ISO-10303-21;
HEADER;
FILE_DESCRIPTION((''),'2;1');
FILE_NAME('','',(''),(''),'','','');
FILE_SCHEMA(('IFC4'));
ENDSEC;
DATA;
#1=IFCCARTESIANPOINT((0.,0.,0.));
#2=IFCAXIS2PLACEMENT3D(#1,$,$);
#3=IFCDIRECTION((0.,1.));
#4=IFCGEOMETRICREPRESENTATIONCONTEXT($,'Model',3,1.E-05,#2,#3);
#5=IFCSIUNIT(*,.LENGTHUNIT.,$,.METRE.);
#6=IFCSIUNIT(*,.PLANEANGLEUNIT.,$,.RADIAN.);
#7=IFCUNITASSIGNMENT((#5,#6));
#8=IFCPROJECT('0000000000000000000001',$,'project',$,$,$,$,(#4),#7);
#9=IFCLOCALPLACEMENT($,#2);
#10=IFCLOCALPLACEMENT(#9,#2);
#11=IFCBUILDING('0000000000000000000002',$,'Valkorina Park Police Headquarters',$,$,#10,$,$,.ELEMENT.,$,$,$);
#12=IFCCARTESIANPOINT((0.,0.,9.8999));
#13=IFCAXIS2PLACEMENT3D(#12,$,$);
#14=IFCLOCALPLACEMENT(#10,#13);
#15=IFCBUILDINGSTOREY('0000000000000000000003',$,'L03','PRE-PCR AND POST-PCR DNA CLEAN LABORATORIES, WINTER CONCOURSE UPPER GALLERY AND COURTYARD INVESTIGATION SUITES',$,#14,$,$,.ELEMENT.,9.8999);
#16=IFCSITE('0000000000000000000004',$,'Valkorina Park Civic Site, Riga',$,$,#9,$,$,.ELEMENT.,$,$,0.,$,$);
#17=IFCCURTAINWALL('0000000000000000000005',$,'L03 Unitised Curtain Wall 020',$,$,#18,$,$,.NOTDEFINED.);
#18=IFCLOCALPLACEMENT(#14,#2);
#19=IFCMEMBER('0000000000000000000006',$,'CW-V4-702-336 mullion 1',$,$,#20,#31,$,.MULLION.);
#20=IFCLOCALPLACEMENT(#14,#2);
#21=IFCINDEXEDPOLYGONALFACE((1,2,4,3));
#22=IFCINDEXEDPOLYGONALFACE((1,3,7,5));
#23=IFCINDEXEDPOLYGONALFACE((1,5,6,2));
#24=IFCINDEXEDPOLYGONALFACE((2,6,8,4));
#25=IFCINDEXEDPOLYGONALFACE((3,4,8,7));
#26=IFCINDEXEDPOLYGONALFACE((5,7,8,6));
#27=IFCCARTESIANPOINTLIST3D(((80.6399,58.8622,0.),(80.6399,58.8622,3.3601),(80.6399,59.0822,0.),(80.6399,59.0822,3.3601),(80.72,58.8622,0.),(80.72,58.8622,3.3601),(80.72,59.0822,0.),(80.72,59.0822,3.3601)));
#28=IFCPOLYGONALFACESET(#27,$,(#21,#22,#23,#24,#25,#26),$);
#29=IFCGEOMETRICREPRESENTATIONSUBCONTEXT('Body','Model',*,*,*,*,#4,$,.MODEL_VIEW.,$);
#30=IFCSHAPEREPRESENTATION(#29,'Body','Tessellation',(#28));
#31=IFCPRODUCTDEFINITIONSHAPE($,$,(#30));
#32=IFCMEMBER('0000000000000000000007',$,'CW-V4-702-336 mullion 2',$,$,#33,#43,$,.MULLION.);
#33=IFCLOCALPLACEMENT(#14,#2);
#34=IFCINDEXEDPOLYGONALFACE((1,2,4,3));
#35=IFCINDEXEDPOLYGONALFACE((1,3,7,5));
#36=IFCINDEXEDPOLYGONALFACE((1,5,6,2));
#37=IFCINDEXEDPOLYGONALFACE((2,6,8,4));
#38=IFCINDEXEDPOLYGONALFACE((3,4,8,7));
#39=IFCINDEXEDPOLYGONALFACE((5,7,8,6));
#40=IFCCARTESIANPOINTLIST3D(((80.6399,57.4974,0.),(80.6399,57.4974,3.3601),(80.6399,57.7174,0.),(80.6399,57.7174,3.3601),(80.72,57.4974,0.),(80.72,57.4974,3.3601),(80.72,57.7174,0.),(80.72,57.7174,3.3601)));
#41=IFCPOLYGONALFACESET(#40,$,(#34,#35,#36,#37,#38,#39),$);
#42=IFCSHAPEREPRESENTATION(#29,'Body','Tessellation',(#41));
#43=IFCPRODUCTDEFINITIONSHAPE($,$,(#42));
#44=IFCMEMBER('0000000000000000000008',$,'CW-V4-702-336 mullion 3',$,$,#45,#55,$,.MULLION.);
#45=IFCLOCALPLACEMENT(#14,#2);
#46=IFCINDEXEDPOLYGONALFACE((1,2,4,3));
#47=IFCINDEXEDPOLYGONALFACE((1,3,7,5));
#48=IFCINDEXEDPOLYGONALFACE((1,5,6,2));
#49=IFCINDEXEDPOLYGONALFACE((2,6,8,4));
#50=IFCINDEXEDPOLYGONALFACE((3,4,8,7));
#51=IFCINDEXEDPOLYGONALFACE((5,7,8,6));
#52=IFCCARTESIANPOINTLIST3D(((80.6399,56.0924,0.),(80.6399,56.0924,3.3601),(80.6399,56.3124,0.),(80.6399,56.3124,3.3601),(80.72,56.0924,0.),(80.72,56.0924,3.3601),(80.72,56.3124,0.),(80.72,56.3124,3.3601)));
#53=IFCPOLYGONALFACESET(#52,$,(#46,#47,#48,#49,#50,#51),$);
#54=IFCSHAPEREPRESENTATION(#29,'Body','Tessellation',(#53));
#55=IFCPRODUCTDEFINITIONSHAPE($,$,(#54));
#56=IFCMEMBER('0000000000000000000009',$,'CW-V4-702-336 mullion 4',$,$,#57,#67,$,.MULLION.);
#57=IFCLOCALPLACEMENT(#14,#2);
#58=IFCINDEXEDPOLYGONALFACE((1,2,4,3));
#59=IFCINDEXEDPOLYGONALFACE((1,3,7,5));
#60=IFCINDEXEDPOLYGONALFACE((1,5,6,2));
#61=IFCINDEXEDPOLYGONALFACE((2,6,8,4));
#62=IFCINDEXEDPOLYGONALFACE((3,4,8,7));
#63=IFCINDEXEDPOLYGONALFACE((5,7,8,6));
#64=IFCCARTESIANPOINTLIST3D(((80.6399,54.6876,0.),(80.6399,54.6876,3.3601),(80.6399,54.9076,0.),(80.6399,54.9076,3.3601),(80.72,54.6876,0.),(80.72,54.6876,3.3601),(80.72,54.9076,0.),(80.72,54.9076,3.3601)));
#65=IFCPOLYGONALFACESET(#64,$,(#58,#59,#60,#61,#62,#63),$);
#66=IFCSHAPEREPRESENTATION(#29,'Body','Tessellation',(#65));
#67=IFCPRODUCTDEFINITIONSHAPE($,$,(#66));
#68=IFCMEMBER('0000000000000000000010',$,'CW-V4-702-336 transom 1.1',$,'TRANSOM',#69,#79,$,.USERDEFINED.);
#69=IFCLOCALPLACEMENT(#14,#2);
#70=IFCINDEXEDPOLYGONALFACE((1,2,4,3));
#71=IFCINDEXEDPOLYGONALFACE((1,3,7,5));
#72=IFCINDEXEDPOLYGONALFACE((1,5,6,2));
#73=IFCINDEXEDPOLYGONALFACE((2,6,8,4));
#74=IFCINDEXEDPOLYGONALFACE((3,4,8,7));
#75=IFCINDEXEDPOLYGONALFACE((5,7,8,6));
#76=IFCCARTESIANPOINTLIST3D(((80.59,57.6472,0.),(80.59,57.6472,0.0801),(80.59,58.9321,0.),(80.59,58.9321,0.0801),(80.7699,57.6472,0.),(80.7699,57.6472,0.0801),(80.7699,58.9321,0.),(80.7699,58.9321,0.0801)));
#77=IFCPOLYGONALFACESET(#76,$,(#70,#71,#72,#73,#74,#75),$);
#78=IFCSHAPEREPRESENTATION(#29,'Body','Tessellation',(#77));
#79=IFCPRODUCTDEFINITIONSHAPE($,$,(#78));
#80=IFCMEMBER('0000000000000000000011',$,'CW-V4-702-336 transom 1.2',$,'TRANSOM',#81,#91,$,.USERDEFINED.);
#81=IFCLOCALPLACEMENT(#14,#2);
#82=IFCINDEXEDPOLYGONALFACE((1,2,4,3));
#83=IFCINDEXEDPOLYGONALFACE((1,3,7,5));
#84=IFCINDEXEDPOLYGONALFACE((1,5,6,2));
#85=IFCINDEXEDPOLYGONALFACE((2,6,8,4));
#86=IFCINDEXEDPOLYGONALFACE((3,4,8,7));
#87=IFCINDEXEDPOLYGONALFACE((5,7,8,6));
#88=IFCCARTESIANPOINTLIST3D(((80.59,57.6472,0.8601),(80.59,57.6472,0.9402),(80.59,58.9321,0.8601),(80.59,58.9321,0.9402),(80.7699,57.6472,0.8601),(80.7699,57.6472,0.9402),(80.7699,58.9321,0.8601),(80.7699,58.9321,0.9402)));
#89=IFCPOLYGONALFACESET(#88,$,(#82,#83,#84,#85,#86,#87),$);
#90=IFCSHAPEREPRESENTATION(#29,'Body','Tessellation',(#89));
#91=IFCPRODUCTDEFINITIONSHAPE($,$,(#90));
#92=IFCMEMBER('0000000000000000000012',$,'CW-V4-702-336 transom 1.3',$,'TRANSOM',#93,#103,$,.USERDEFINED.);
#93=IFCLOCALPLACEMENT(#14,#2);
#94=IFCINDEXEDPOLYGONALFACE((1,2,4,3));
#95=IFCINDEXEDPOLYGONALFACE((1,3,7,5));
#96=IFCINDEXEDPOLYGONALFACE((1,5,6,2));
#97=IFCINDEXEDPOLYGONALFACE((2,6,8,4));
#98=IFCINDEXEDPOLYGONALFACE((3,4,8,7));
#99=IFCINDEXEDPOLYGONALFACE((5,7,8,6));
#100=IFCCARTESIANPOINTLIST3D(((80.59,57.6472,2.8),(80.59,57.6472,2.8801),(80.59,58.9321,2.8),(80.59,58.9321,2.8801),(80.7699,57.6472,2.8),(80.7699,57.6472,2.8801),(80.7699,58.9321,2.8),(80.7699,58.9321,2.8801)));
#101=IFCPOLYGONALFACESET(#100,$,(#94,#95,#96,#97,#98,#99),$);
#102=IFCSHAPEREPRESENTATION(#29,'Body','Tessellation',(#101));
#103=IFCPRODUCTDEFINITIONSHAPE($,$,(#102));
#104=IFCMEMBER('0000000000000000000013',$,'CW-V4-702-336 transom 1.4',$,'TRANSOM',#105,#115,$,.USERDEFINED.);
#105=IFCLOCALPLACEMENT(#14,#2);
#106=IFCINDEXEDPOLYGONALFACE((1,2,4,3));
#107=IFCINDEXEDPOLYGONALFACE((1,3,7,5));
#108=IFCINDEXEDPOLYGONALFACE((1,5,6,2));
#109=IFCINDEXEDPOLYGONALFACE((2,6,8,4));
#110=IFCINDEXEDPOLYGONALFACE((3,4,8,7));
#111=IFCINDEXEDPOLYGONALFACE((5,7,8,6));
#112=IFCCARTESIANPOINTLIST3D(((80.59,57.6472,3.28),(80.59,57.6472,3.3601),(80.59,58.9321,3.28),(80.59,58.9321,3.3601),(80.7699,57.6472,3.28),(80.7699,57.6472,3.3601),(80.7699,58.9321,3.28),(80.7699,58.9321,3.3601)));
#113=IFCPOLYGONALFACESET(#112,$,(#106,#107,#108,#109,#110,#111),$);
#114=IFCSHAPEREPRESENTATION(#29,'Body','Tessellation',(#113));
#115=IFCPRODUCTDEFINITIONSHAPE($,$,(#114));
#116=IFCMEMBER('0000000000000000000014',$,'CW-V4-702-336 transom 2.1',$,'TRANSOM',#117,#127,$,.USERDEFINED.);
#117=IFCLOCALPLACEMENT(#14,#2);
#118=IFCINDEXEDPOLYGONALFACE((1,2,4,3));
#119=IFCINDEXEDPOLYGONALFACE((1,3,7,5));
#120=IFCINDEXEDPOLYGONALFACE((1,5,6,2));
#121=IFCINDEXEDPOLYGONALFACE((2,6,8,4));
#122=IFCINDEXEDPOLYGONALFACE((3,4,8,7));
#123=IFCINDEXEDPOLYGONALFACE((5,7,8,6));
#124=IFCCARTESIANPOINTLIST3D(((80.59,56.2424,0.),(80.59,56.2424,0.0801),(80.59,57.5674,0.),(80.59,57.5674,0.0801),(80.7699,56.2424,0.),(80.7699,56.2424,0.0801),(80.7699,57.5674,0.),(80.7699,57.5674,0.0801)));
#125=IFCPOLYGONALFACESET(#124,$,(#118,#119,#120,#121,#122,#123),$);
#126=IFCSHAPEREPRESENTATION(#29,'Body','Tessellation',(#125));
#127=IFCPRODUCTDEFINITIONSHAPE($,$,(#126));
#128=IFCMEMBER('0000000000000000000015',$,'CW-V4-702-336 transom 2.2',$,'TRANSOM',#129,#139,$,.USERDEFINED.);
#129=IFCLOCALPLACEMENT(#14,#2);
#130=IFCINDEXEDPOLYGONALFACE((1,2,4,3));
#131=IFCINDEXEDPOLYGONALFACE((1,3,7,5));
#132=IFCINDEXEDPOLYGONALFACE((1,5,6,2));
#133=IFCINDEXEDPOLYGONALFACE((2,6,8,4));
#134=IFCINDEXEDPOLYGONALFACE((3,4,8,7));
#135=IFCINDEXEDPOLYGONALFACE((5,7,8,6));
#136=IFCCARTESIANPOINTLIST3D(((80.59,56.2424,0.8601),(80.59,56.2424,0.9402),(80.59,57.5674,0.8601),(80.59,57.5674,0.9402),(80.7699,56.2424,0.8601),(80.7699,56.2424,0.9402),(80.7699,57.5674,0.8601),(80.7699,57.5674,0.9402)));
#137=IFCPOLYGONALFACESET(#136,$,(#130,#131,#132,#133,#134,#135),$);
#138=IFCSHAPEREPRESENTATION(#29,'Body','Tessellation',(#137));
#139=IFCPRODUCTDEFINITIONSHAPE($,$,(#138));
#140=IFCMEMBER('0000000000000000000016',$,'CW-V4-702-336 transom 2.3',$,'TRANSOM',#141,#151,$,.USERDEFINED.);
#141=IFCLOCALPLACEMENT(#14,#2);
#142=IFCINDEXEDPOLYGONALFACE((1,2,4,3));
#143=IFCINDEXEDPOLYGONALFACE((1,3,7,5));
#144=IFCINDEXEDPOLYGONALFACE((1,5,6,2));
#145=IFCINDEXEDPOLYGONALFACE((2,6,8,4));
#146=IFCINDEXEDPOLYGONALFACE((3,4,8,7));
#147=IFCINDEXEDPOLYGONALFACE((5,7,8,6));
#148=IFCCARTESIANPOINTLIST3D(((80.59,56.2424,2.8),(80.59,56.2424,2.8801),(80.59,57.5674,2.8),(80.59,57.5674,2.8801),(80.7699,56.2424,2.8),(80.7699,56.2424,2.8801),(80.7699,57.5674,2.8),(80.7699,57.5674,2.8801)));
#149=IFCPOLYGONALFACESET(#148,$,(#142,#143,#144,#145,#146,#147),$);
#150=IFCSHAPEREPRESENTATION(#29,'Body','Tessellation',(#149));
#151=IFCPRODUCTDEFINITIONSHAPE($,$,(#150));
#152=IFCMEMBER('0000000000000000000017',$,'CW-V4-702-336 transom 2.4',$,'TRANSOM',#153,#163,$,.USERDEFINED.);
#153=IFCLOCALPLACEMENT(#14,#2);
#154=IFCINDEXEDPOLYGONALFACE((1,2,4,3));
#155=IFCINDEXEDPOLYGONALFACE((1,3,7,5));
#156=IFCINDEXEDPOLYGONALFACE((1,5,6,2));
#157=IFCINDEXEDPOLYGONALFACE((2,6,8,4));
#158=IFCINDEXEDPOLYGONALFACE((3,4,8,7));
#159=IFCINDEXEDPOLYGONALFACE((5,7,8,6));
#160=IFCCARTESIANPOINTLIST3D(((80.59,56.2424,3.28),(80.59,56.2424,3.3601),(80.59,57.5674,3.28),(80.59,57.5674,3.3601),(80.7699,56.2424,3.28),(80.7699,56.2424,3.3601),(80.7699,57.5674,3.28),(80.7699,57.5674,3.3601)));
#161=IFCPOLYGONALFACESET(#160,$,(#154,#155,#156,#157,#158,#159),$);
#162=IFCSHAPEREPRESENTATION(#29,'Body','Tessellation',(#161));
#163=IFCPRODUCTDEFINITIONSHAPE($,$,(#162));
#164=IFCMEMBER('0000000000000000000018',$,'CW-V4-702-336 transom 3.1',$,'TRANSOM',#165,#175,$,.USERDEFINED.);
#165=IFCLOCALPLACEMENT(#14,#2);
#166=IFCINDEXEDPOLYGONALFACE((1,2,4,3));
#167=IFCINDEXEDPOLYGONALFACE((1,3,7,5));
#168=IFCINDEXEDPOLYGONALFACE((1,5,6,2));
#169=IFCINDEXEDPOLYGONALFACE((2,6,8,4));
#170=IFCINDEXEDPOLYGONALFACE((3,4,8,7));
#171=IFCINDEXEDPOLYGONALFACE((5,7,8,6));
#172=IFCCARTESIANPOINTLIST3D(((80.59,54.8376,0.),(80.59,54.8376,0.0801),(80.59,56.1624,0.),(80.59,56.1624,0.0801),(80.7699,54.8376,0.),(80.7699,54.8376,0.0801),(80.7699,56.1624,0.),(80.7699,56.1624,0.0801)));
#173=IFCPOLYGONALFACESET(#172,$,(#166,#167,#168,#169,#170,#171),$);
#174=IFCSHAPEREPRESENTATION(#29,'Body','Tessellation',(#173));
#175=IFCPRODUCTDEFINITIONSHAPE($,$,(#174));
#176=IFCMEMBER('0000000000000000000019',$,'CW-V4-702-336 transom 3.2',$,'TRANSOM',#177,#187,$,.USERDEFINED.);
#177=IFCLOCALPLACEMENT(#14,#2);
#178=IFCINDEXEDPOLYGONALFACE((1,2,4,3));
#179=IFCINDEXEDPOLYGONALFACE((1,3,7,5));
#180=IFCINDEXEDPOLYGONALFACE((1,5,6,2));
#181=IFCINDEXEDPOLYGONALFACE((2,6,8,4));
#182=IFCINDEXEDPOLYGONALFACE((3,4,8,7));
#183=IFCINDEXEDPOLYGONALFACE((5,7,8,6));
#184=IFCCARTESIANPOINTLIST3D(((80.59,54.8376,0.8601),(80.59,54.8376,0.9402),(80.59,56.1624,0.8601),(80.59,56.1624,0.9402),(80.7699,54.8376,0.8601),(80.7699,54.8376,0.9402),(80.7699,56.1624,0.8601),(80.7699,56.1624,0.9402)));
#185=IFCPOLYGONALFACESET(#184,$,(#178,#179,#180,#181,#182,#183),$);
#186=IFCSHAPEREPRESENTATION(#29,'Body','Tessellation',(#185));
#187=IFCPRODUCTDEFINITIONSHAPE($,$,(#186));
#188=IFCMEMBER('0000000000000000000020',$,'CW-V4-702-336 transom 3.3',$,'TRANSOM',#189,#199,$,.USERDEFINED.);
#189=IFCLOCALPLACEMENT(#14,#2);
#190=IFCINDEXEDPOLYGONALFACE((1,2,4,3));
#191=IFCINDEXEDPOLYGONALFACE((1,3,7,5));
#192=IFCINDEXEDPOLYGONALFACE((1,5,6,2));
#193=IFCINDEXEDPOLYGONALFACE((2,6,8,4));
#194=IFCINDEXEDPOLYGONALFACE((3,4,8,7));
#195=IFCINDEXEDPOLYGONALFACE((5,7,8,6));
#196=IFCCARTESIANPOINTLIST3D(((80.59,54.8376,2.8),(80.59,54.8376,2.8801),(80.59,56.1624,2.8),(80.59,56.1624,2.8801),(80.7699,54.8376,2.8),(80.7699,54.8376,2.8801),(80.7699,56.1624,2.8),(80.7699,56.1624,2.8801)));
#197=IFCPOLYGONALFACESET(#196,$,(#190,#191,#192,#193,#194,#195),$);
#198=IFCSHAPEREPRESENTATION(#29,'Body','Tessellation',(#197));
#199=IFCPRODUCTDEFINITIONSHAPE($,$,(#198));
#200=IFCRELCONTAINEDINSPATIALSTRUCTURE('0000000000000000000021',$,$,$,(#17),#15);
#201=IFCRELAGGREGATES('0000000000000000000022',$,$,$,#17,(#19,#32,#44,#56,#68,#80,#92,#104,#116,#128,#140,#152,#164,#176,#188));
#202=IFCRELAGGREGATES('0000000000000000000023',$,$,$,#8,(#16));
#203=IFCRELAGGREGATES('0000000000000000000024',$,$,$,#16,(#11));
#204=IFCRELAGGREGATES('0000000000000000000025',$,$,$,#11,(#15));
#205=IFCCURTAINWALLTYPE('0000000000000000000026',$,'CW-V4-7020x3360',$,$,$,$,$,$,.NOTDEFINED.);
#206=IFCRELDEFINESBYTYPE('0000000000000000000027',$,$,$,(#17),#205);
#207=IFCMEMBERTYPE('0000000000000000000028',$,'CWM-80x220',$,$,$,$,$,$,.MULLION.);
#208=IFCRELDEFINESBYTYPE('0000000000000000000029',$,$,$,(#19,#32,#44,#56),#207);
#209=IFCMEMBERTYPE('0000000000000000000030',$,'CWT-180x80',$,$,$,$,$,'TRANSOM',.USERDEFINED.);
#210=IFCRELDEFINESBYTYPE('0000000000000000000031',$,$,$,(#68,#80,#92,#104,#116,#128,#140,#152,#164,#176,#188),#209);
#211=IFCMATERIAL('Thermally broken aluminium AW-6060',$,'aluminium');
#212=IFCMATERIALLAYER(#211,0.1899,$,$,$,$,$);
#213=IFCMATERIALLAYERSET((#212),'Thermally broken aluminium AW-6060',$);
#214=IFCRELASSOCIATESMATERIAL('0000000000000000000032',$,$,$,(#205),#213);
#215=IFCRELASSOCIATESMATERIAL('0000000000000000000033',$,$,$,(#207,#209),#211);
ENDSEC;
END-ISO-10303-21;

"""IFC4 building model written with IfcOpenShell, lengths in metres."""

from ifc_helpers import new_model, si_unit, direction, frame, origin, origin_2d, place, context, subcontext, project, spatial, rectangle, extrude, material, layer, layer_set, material_profile, profile_set, type_object, element, aggregate, save


model = new_model("IFC4")

# Units and contexts
model_context = context("Model", 3, precision=1e-05, world=origin(), true_north=direction((0.0, 1.0)))
body_context = subcontext(model_context, "Body", "Model", "MODEL_VIEW")
ifc_project = project(units=[si_unit("LENGTHUNIT", "METRE"), si_unit("PLANEANGLEUNIT", "RADIAN")], contexts=[model_context])

# Site, building, storey
site_placement = place(None, origin())
site = spatial("IfcSite", under=ifc_project, at=site_placement, Name="Valkorina Park Civic Site, Riga", CompositionType="ELEMENT", RefElevation=0.0)
building_placement = place(site_placement, origin())
building = spatial("IfcBuilding", under=site, at=building_placement, Name="Valkorina Park Police Headquarters", CompositionType="ELEMENT")
storey_placement = place(building_placement, frame((0.0, 0.0, 9.8999)))
storey = spatial("IfcBuildingStorey", under=building, at=storey_placement, Name="L03", Description="PRE-PCR AND POST-PCR DNA CLEAN LABORATORIES, WINTER CONCOURSE UPPER GALLERY AND COURTYARD INVESTIGATION SUITES", CompositionType="ELEMENT", Elevation=9.8999)

# Curtain wall, members
ifc_material_1 = material(Name="Thermally broken aluminium AW-6060", Category="aluminium")
ifc_layer_1 = layer(ifc_material_1, 0.1899)
ifc_layer_set_1 = layer_set([ifc_layer_1], Name="Thermally broken aluminium AW-6060")
curtain_wall_type = type_object("IfcCurtainWallType", Name="CW-V4-7020x3360", PredefinedType="NOTDEFINED", material=ifc_layer_set_1)
curtain_wall_placement = place(storey_placement, origin())
curtain_wall = element("IfcCurtainWall", 1, at=curtain_wall_placement, inside=storey, type_object=curtain_wall_type, Name="L03 Unitised Curtain Wall 020", PredefinedType="NOTDEFINED")
ifc_material_profile_1 = material_profile(ifc_material_1, rectangle(XDim=0.0801, YDim=0.22, at=origin_2d()), Name="CWM-03 80x220")
ifc_profile_set_1 = profile_set([ifc_material_profile_1], Name="Thermally broken aluminium AW-6060")
member_type_1 = type_object("IfcMemberType", Name="CWM-80x220", PredefinedType="MULLION", material=ifc_profile_set_1)
member_1_placement = place(storey_placement, frame((80.6799, 58.9722, 0.0), z_axis=(0.0, 0.0, 1.0), x_axis=(1.0, 0.0, 0.0)))
member_1 = element("IfcMember", 2, at=member_1_placement, type_object=member_type_1, Name="CW-V4-702-336 mullion 1", PredefinedType="MULLION", context=body_context, shape_type="SweptSolid", body=[
    extrude(rectangle(XDim=0.0801, YDim=0.22, at=origin_2d()), origin(), (0.0, 0.0, 1.0), 3.3601),
])
member_2_placement = place(storey_placement, frame((80.6799, 57.6074, 0.0), z_axis=(0.0, 0.0, 1.0), x_axis=(1.0, 0.0, 0.0)))
member_2 = element("IfcMember", 3, at=member_2_placement, type_object=member_type_1, Name="CW-V4-702-336 mullion 2", PredefinedType="MULLION", context=body_context, shape_type="SweptSolid", body=[
    extrude(rectangle(XDim=0.0801, YDim=0.22, at=origin_2d()), origin(), (0.0, 0.0, 1.0), 3.3601),
])
member_3_placement = place(storey_placement, frame((80.6799, 56.2024, 0.0), z_axis=(0.0, 0.0, 1.0), x_axis=(1.0, 0.0, 0.0)))
member_3 = element("IfcMember", 4, at=member_3_placement, type_object=member_type_1, Name="CW-V4-702-336 mullion 3", PredefinedType="MULLION", context=body_context, shape_type="SweptSolid", body=[
    extrude(rectangle(XDim=0.0801, YDim=0.22, at=origin_2d()), origin(), (0.0, 0.0, 1.0), 3.3601),
])
member_4_placement = place(storey_placement, frame((80.6799, 54.7976, 0.0), z_axis=(0.0, 0.0, 1.0), x_axis=(1.0, 0.0, 0.0)))
member_4 = element("IfcMember", 5, at=member_4_placement, type_object=member_type_1, Name="CW-V4-702-336 mullion 4", PredefinedType="MULLION", context=body_context, shape_type="SweptSolid", body=[
    extrude(rectangle(XDim=0.0801, YDim=0.22, at=origin_2d()), origin(), (0.0, 0.0, 1.0), 3.3601),
])
ifc_material_profile_2 = material_profile(ifc_material_1, rectangle(XDim=0.1799, YDim=0.0801, at=origin_2d()), Name="CWT-03 180x80")
ifc_profile_set_2 = profile_set([ifc_material_profile_2], Name="Thermally broken aluminium AW-6060")
member_type_2 = type_object("IfcMemberType", Name="CWT-180x80", ElementType="TRANSOM", PredefinedType="USERDEFINED", material=ifc_profile_set_2)
member_5_placement = place(storey_placement, frame((80.6799, 58.9321, 0.04), z_axis=(0.0, -1.0, 0.0), x_axis=(1.0, 0.0, 0.0)))
member_5 = element("IfcMember", 6, at=member_5_placement, type_object=member_type_2, Name="CW-V4-702-336 transom 1.1", ObjectType="TRANSOM", PredefinedType="USERDEFINED", context=body_context, shape_type="SweptSolid", body=[
    extrude(rectangle(XDim=0.1799, YDim=0.0801, at=origin_2d()), origin(), (0.0, 0.0, 1.0), 1.2849),
])
member_6_placement = place(storey_placement, frame((80.6799, 58.9321, 0.9001), z_axis=(0.0, -1.0, 0.0), x_axis=(1.0, 0.0, 0.0)))
member_6 = element("IfcMember", 7, at=member_6_placement, type_object=member_type_2, Name="CW-V4-702-336 transom 1.2", ObjectType="TRANSOM", PredefinedType="USERDEFINED", context=body_context, shape_type="SweptSolid", body=[
    extrude(rectangle(XDim=0.1799, YDim=0.0801, at=origin_2d()), origin(), (0.0, 0.0, 1.0), 1.2849),
])
member_7_placement = place(storey_placement, frame((80.6799, 58.9321, 2.8401), z_axis=(0.0, -1.0, 0.0), x_axis=(1.0, 0.0, 0.0)))
member_7 = element("IfcMember", 8, at=member_7_placement, type_object=member_type_2, Name="CW-V4-702-336 transom 1.3", ObjectType="TRANSOM", PredefinedType="USERDEFINED", context=body_context, shape_type="SweptSolid", body=[
    extrude(rectangle(XDim=0.1799, YDim=0.0801, at=origin_2d()), origin(), (0.0, 0.0, 1.0), 1.2849),
])
member_8_placement = place(storey_placement, frame((80.6799, 58.9321, 3.3201), z_axis=(0.0, -1.0, 0.0), x_axis=(1.0, 0.0, 0.0)))
member_8 = element("IfcMember", 9, at=member_8_placement, type_object=member_type_2, Name="CW-V4-702-336 transom 1.4", ObjectType="TRANSOM", PredefinedType="USERDEFINED", context=body_context, shape_type="SweptSolid", body=[
    extrude(rectangle(XDim=0.1799, YDim=0.0801, at=origin_2d()), origin(), (0.0, 0.0, 1.0), 1.2849),
])
member_9_placement = place(storey_placement, frame((80.6799, 57.5674, 0.04), z_axis=(0.0, -1.0, 0.0), x_axis=(1.0, 0.0, 0.0)))
member_9 = element("IfcMember", 10, at=member_9_placement, type_object=member_type_2, Name="CW-V4-702-336 transom 2.1", ObjectType="TRANSOM", PredefinedType="USERDEFINED", context=body_context, shape_type="SweptSolid", body=[
    extrude(rectangle(XDim=0.1799, YDim=0.0801, at=origin_2d()), origin(), (0.0, 0.0, 1.0), 1.325),
])
member_10_placement = place(storey_placement, frame((80.6799, 57.5674, 0.9001), z_axis=(0.0, -1.0, 0.0), x_axis=(1.0, 0.0, 0.0)))
member_10 = element("IfcMember", 11, at=member_10_placement, type_object=member_type_2, Name="CW-V4-702-336 transom 2.2", ObjectType="TRANSOM", PredefinedType="USERDEFINED", context=body_context, shape_type="SweptSolid", body=[
    extrude(rectangle(XDim=0.1799, YDim=0.0801, at=origin_2d()), origin(), (0.0, 0.0, 1.0), 1.325),
])
member_11_placement = place(storey_placement, frame((80.6799, 57.5674, 2.8401), z_axis=(0.0, -1.0, 0.0), x_axis=(1.0, 0.0, 0.0)))
member_11 = element("IfcMember", 12, at=member_11_placement, type_object=member_type_2, Name="CW-V4-702-336 transom 2.3", ObjectType="TRANSOM", PredefinedType="USERDEFINED", context=body_context, shape_type="SweptSolid", body=[
    extrude(rectangle(XDim=0.1799, YDim=0.0801, at=origin_2d()), origin(), (0.0, 0.0, 1.0), 1.325),
])
member_12_placement = place(storey_placement, frame((80.6799, 57.5674, 3.3201), z_axis=(0.0, -1.0, 0.0), x_axis=(1.0, 0.0, 0.0)))
member_12 = element("IfcMember", 13, at=member_12_placement, type_object=member_type_2, Name="CW-V4-702-336 transom 2.4", ObjectType="TRANSOM", PredefinedType="USERDEFINED", context=body_context, shape_type="SweptSolid", body=[
    extrude(rectangle(XDim=0.1799, YDim=0.0801, at=origin_2d()), origin(), (0.0, 0.0, 1.0), 1.325),
])
member_13_placement = place(storey_placement, frame((80.6799, 56.1624, 0.04), z_axis=(0.0, -1.0, 0.0), x_axis=(1.0, 0.0, 0.0)))
member_13 = element("IfcMember", 14, at=member_13_placement, type_object=member_type_2, Name="CW-V4-702-336 transom 3.1", ObjectType="TRANSOM", PredefinedType="USERDEFINED", context=body_context, shape_type="SweptSolid", body=[
    extrude(rectangle(XDim=0.1799, YDim=0.0801, at=origin_2d()), origin(), (0.0, 0.0, 1.0), 1.3247),
])
member_14_placement = place(storey_placement, frame((80.6799, 56.1624, 0.9001), z_axis=(0.0, -1.0, 0.0), x_axis=(1.0, 0.0, 0.0)))
member_14 = element("IfcMember", 15, at=member_14_placement, type_object=member_type_2, Name="CW-V4-702-336 transom 3.2", ObjectType="TRANSOM", PredefinedType="USERDEFINED", context=body_context, shape_type="SweptSolid", body=[
    extrude(rectangle(XDim=0.1799, YDim=0.0801, at=origin_2d()), origin(), (0.0, 0.0, 1.0), 1.3247),
])
member_15_placement = place(storey_placement, frame((80.6799, 56.1624, 2.8401), z_axis=(0.0, -1.0, 0.0), x_axis=(1.0, 0.0, 0.0)))
member_15 = element("IfcMember", 16, at=member_15_placement, type_object=member_type_2, Name="CW-V4-702-336 transom 3.3", ObjectType="TRANSOM", PredefinedType="USERDEFINED", context=body_context, shape_type="SweptSolid", body=[
    extrude(rectangle(XDim=0.1799, YDim=0.0801, at=origin_2d()), origin(), (0.0, 0.0, 1.0), 1.3247),
])
aggregate(curtain_wall, [member_1, member_2, member_3, member_4, member_5, member_6, member_7, member_8, member_9, member_10, member_11, member_12, member_13, member_14, member_15])

save(model, "model.ifc")
